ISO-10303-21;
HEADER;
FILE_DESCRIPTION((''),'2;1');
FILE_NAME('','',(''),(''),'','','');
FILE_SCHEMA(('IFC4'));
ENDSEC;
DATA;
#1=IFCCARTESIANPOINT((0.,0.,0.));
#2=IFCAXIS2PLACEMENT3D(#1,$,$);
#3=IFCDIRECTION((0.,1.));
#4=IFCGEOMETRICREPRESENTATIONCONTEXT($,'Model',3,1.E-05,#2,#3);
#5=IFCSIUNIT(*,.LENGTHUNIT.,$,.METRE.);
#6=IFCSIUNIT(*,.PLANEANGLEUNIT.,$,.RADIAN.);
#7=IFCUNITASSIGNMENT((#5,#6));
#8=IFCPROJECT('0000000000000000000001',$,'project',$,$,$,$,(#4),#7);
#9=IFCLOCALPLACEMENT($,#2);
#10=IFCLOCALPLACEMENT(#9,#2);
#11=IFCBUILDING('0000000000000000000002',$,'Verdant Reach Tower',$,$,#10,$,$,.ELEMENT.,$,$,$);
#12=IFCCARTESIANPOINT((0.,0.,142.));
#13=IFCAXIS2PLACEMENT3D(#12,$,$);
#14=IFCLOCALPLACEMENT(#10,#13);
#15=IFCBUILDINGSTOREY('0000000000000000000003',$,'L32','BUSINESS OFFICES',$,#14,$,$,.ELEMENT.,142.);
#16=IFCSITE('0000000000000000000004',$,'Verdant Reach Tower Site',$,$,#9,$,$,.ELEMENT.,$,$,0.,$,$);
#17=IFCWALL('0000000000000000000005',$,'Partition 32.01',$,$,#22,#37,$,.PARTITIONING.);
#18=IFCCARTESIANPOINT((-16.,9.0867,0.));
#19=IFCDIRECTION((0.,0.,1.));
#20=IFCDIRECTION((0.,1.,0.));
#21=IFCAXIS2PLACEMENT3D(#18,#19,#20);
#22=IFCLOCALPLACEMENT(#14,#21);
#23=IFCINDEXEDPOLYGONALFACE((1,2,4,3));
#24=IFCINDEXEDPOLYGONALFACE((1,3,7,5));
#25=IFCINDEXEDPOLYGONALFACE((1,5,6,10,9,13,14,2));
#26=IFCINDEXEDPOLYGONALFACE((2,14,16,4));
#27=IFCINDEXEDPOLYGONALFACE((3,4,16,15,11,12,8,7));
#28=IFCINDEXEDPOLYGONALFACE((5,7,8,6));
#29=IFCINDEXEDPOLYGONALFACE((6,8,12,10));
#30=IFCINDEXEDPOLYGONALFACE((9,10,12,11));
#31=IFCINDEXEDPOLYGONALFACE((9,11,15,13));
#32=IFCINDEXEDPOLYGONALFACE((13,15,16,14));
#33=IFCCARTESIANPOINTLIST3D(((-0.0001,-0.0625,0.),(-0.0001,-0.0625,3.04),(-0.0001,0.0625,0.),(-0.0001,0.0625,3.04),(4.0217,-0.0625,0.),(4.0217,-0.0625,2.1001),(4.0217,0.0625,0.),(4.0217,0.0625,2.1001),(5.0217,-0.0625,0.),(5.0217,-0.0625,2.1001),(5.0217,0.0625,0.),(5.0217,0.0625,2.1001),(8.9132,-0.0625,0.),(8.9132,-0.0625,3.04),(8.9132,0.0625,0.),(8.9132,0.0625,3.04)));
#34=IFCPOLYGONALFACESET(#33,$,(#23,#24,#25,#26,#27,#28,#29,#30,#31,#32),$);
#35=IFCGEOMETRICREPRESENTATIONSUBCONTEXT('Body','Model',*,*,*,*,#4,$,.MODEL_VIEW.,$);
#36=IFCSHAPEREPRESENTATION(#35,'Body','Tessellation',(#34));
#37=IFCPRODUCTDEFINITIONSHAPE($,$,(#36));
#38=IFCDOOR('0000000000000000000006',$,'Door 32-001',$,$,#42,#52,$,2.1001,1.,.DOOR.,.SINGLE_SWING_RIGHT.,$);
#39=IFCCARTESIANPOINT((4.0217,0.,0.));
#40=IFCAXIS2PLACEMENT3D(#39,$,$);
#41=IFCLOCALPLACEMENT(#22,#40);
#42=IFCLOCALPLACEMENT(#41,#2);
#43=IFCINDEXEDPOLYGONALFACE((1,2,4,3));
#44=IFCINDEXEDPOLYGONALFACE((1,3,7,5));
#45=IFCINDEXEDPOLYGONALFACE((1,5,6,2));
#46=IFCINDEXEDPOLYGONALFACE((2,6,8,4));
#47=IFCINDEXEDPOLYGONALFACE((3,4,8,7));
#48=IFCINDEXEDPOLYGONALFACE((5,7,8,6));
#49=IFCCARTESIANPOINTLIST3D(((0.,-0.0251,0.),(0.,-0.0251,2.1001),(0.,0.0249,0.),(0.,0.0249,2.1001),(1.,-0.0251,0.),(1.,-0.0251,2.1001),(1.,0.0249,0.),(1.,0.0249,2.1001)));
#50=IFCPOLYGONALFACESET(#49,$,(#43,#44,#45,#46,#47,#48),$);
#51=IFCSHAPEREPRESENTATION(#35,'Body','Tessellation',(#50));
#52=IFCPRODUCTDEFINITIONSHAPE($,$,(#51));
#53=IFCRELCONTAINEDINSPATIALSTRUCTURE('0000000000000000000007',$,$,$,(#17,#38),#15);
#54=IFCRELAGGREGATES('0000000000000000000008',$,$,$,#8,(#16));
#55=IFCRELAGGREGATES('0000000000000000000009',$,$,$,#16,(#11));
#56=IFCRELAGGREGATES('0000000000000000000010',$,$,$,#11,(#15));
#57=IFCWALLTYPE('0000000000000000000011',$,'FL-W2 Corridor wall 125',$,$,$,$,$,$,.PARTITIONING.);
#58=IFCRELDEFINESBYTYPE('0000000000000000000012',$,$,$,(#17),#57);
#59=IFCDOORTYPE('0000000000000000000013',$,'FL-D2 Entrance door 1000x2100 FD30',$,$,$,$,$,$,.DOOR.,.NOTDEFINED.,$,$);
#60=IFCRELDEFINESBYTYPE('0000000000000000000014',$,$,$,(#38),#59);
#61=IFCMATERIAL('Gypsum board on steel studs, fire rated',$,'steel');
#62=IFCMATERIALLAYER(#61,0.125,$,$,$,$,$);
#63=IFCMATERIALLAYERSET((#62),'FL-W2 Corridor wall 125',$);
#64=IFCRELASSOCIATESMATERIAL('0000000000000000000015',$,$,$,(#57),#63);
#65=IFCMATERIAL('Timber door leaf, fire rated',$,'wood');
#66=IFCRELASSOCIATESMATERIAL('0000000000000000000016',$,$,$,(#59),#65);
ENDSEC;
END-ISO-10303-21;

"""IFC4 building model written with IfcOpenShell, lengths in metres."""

from ifc_helpers import new_model, si_unit, direction, frame, frame_2d, origin, place, context, subcontext, project, spatial, rectangle, extrude, material, layer, layer_set, type_object, element, fill, save


model = new_model("IFC4")

# Units and contexts
model_context = context("Model", 3, precision=1e-05, world=origin(), true_north=direction((0.0, 1.0)))
body_context = subcontext(model_context, "Body", "Model", "MODEL_VIEW")
ifc_project = project(units=[si_unit("LENGTHUNIT", "METRE"), si_unit("PLANEANGLEUNIT", "RADIAN")], contexts=[model_context])

# Site, building, storey
site_placement = place(None, origin())
site = spatial("IfcSite", under=ifc_project, at=site_placement, Name="Verdant Reach Tower Site", CompositionType="ELEMENT", RefElevation=0.0)
building_placement = place(site_placement, origin())
building = spatial("IfcBuilding", under=site, at=building_placement, Name="Verdant Reach Tower", CompositionType="ELEMENT")
storey_placement = place(building_placement, frame((0.0, 0.0, 142.0)))
storey = spatial("IfcBuildingStorey", under=building, at=storey_placement, Name="L32", Description="BUSINESS OFFICES", CompositionType="ELEMENT", Elevation=142.0)

# Wall, opening, door
ifc_material_1 = material(Name="Gypsum board on steel studs, fire rated", Category="steel")
ifc_layer_1 = layer(ifc_material_1, 0.125)
ifc_layer_set_1 = layer_set([ifc_layer_1], Name="FL-W2 Corridor wall 125")
wall_type_1 = type_object("IfcWallType", Name="FL-W2 Corridor wall 125", PredefinedType="PARTITIONING", material=ifc_layer_set_1)
wall_1_placement = place(storey_placement, frame((-16.0, 9.0867, 0.0), z_axis=(0.0, 0.0, 1.0), x_axis=(0.0, 1.0, 0.0)))
wall_1 = element("IfcWall", 1, at=wall_1_placement, inside=storey, type_object=wall_type_1, Name="Partition 32.01", PredefinedType="PARTITIONING", context=body_context, shape_type="SweptSolid", body=[
    extrude(rectangle(XDim=8.9133, YDim=0.125, at=frame_2d((4.4565, 0.0))), origin(), (0.0, 0.0, 1.0), 3.04),
])
opening_1_placement = place(wall_1_placement, frame((4.0217, 0.0, 0.0)))
opening_1 = element("IfcOpeningElement", 2, at=opening_1_placement, cuts=wall_1, PredefinedType="OPENING", context=body_context, shape_type="SweptSolid", body=[
    extrude(rectangle(XDim=1.0, YDim=2.1001, at=frame_2d((0.5, 1.05))), frame((0.0, 0.0725, 0.0), z_axis=(0.0, -1.0, 0.0), x_axis=(1.0, 0.0, 0.0)), (0.0, 0.0, 1.0), 0.145),
])
ifc_material_2 = material(Name="Timber door leaf, fire rated", Category="wood")
door_type_1 = type_object("IfcDoorType", Name="FL-D2 Entrance door 1000x2100 FD30", OperationType="NOTDEFINED", PredefinedType="DOOR", material=ifc_material_2)
door_1_placement = place(opening_1_placement, origin())
door_1 = element("IfcDoor", 3, at=door_1_placement, inside=storey, type_object=door_type_1, Name="Door 32-001", OperationType="SINGLE_SWING_RIGHT", OverallHeight=2.1001, OverallWidth=1.0, PredefinedType="DOOR", context=body_context, shape_type="SweptSolid", body=[
    extrude(rectangle(XDim=1.0, YDim=2.1001, at=frame_2d((0.5, 1.05))), frame((0.0, 0.0249, 0.0), z_axis=(0.0, -1.0, 0.0), x_axis=(1.0, 0.0, 0.0)), (0.0, 0.0, 1.0), 0.05),
])
fill(opening_1, door_1)

save(model, "model.ifc")
